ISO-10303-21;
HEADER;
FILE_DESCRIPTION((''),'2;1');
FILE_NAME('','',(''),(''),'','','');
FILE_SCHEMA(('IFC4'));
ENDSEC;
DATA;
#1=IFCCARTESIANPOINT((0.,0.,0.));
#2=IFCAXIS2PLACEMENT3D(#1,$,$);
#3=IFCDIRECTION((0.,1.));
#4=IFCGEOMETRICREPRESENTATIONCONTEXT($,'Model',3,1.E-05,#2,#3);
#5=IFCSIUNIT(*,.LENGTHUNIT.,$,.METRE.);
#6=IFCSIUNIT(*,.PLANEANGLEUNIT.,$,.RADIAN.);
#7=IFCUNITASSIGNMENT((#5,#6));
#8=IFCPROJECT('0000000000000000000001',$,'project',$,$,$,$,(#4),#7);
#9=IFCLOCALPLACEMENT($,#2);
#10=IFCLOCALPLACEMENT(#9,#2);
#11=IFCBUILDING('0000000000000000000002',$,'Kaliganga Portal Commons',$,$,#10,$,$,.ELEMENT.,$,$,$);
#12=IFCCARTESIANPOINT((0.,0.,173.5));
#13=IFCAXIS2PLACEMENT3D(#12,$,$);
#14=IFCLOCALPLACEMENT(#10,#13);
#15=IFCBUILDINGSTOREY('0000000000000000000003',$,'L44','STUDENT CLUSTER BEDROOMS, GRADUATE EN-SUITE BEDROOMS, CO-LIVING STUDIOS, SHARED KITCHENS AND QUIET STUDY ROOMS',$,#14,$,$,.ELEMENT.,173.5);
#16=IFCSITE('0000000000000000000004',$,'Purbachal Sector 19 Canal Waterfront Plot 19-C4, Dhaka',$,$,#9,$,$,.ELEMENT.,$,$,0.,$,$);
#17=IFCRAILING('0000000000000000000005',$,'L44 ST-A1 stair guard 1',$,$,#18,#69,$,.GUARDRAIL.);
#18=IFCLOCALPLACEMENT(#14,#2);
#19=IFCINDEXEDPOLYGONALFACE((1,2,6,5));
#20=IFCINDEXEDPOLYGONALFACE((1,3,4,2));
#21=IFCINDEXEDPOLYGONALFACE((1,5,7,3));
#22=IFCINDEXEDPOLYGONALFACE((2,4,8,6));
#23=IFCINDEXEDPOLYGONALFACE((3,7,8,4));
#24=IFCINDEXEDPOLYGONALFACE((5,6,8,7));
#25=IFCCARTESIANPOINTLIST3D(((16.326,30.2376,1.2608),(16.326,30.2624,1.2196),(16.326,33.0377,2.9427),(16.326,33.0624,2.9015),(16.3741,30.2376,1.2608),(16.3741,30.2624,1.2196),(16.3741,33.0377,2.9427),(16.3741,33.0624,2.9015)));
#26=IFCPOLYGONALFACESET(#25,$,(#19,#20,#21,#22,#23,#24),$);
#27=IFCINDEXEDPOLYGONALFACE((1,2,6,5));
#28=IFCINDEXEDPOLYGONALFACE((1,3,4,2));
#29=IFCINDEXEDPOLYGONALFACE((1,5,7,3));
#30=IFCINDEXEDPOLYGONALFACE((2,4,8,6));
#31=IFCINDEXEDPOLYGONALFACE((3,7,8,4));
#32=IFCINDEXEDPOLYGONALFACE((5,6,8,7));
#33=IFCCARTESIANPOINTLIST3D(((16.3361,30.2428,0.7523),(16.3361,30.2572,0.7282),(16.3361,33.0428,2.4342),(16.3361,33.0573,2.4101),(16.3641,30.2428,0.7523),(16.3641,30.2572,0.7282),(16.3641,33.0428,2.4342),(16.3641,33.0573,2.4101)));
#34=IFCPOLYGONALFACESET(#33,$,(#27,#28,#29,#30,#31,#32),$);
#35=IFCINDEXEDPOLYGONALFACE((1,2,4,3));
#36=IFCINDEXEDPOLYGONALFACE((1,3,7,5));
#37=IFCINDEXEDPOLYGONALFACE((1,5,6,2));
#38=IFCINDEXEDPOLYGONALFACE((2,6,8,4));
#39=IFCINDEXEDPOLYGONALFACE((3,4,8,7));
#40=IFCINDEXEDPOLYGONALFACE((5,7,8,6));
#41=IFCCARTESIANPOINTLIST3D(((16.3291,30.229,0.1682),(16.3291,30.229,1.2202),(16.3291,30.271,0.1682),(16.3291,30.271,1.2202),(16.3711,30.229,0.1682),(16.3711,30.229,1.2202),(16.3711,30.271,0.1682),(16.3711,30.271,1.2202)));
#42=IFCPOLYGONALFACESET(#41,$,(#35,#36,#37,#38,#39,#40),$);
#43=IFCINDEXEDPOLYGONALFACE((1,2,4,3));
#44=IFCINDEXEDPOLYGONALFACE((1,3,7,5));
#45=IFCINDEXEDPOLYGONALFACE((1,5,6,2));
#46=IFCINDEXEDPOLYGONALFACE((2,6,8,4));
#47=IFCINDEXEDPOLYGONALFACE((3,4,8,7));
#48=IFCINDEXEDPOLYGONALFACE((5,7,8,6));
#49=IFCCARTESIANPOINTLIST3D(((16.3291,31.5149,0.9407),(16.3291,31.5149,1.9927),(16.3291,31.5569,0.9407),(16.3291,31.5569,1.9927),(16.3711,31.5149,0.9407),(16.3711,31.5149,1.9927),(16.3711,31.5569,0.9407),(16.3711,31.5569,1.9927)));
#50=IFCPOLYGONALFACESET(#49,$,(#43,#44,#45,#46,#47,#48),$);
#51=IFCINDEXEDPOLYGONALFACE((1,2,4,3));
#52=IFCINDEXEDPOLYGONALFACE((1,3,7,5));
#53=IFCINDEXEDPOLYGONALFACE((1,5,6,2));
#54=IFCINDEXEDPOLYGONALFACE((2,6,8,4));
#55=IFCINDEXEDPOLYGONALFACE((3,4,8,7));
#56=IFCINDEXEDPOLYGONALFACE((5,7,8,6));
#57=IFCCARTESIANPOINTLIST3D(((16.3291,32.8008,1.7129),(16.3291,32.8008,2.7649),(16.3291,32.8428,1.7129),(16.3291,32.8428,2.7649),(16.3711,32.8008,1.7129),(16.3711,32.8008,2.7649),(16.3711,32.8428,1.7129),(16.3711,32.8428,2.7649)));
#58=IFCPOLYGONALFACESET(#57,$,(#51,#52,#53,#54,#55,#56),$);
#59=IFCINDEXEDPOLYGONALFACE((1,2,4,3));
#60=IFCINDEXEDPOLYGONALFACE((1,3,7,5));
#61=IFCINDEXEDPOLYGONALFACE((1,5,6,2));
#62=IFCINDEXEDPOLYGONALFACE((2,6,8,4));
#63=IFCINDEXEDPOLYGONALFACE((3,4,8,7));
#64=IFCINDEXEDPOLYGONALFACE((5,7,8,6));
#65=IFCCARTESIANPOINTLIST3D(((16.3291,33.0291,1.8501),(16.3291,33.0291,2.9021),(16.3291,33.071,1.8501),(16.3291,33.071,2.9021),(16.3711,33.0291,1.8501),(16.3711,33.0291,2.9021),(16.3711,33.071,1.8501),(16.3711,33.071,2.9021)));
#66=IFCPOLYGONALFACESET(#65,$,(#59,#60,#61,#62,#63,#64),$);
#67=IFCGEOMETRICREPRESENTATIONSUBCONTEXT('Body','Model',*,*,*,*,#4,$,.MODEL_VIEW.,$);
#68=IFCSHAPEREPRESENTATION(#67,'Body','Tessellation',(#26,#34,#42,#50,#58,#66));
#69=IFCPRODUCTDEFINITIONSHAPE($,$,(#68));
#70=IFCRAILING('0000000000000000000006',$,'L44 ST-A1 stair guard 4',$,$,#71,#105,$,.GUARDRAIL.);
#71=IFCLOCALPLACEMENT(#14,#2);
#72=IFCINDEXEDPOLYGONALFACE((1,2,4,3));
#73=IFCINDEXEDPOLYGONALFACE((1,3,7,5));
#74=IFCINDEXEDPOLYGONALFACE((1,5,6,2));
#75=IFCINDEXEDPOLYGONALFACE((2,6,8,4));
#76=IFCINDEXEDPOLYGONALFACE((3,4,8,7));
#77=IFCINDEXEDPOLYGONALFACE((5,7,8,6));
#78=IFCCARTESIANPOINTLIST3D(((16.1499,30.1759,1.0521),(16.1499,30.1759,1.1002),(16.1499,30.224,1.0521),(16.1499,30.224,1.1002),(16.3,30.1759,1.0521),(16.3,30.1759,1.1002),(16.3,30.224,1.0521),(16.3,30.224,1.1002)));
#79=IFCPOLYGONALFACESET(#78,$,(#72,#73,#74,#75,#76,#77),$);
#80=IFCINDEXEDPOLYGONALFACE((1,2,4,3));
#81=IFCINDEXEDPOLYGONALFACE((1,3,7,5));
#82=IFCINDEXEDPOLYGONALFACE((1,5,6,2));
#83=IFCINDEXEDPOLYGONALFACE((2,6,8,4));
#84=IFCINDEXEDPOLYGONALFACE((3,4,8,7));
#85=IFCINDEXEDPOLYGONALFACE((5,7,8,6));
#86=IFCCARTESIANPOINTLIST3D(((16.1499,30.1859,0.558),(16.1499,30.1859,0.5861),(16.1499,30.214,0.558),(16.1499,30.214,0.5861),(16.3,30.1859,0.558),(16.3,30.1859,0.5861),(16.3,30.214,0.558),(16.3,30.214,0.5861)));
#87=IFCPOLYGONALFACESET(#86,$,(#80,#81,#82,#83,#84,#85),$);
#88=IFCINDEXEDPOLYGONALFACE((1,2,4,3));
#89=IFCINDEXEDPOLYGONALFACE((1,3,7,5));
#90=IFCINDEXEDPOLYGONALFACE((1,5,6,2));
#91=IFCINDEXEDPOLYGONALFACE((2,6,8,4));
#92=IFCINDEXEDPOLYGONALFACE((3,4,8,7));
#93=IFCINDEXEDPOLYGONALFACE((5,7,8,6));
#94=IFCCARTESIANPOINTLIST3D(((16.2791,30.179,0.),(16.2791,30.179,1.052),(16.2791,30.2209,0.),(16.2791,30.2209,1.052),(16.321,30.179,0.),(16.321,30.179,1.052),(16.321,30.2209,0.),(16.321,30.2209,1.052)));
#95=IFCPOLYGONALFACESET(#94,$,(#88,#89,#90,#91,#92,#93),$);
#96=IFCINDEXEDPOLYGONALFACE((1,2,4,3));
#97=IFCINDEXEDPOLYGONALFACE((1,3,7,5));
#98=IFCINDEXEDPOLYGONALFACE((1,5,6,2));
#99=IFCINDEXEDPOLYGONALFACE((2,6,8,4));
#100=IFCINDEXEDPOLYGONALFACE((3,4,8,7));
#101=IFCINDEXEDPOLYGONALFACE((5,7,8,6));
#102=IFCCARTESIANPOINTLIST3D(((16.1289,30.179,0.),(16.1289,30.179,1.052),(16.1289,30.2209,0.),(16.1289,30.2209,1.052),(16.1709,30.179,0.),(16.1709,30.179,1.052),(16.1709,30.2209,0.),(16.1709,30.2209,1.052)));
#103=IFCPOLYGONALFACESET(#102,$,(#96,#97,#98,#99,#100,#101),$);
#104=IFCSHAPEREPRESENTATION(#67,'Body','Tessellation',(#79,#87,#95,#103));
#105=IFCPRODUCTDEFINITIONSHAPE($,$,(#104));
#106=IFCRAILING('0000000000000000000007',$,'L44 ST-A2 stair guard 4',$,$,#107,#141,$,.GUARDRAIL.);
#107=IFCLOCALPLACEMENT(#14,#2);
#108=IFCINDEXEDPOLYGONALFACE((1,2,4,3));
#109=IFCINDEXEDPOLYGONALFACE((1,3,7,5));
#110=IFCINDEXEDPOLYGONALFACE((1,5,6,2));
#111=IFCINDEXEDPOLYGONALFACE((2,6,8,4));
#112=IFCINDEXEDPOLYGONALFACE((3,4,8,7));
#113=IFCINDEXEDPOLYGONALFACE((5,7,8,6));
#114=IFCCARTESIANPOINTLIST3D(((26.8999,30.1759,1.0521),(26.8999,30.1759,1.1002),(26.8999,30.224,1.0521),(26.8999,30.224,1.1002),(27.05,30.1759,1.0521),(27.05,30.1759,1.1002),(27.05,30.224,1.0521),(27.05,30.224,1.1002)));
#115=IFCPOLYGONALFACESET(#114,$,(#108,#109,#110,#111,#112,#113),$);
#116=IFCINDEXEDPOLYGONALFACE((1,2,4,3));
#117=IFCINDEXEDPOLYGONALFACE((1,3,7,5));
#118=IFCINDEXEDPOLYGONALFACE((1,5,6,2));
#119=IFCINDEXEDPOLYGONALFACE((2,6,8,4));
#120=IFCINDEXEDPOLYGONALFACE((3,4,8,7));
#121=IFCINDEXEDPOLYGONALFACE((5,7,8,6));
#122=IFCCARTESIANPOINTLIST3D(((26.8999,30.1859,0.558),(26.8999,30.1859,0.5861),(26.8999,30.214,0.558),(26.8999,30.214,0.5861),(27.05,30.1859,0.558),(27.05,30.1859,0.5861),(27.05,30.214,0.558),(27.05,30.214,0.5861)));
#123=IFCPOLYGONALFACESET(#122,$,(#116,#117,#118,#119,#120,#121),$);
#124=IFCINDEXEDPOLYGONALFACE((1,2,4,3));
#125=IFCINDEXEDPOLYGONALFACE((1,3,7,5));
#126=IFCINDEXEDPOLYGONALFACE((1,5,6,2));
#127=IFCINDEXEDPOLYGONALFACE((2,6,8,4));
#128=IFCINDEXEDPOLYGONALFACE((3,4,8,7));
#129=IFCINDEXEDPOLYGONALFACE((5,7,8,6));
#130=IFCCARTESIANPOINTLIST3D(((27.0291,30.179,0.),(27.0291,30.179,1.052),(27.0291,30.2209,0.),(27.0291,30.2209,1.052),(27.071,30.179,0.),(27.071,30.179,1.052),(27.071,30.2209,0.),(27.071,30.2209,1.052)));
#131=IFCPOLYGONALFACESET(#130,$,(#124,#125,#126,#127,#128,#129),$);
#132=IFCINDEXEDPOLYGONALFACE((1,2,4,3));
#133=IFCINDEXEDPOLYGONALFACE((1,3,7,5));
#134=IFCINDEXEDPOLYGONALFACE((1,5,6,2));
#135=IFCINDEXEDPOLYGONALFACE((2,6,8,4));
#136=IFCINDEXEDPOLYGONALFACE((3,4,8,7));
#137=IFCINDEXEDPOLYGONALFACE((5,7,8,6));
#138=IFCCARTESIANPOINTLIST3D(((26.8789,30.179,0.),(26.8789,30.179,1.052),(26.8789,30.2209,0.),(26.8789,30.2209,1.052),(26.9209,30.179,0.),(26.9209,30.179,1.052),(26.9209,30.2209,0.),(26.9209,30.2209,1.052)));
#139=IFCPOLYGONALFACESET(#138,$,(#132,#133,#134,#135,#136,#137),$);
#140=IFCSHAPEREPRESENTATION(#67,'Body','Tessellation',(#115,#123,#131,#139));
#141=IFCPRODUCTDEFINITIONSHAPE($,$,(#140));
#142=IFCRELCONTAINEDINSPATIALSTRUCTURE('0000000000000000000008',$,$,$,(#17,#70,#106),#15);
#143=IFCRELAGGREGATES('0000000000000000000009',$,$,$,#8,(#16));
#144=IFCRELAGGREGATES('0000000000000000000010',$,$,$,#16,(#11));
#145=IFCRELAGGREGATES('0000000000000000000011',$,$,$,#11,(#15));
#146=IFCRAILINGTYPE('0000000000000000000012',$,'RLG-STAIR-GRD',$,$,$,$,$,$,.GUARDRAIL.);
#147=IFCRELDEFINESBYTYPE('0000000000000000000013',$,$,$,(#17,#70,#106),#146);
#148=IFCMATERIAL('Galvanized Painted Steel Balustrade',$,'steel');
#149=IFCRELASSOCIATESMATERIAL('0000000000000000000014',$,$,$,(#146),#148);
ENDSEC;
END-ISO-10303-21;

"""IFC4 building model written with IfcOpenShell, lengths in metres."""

from ifc_helpers import new_model, si_unit, direction, frame, origin, origin_2d, place, context, subcontext, project, spatial, rectangle, extrude, material, type_object, element, save


model = new_model("IFC4")

# Units and contexts
model_context = context("Model", 3, precision=1e-05, world=origin(), true_north=direction((0.0, 1.0)))
body_context = subcontext(model_context, "Body", "Model", "MODEL_VIEW")
ifc_project = project(units=[si_unit("LENGTHUNIT", "METRE"), si_unit("PLANEANGLEUNIT", "RADIAN")], contexts=[model_context])

# Site, building, storey
site_placement = place(None, origin())
site = spatial("IfcSite", under=ifc_project, at=site_placement, Name="Purbachal Sector 19 Canal Waterfront Plot 19-C4, Dhaka", CompositionType="ELEMENT", RefElevation=0.0)
building_placement = place(site_placement, origin())
building = spatial("IfcBuilding", under=site, at=building_placement, Name="Kaliganga Portal Commons", CompositionType="ELEMENT")
storey_placement = place(building_placement, frame((0.0, 0.0, 173.5)))
storey = spatial("IfcBuildingStorey", under=building, at=storey_placement, Name="L44", Description="STUDENT CLUSTER BEDROOMS, GRADUATE EN-SUITE BEDROOMS, CO-LIVING STUDIOS, SHARED KITCHENS AND QUIET STUDY ROOMS", CompositionType="ELEMENT", Elevation=173.5)

# Railings
ifc_material_1 = material(Name="Galvanized Painted Steel Balustrade", Category="steel")
railing_type = type_object("IfcRailingType", Name="RLG-STAIR-GRD", PredefinedType="GUARDRAIL", material=ifc_material_1)
railing_placement = place(storey_placement, frame((16.3501, 30.25, 0.1682)))
element("IfcRailing", 1, at=railing_placement, inside=storey, type_object=railing_type, Name="L44 ST-A1 stair guard 1", PredefinedType="GUARDRAIL", context=body_context, shape_type="SweptSolid", body=[
    extrude(rectangle(XDim=0.0481, YDim=0.0481, at=origin_2d()), frame((0.0, 0.0, 1.072), z_axis=(0.0, 0.857242, 0.514913), x_axis=(-1.0, 0.0, 0.0)), (0.0, 0.0, 1.0), 3.2664),
    extrude(rectangle(XDim=0.0281, YDim=0.0281, at=origin_2d()), frame((0.0, 0.0, 0.572), z_axis=(0.0, 0.857242, 0.514913), x_axis=(-1.0, 0.0, 0.0)), (0.0, 0.0, 1.0), 3.2664),
    extrude(rectangle(XDim=0.042, YDim=0.042, at=origin_2d()), origin(), (0.0, 0.0, 1.0), 1.052),
    extrude(rectangle(XDim=0.042, YDim=0.042, at=origin_2d()), frame((0.0, 1.2859, 0.7725)), (0.0, 0.0, 1.0), 1.052),
    extrude(rectangle(XDim=0.042, YDim=0.042, at=origin_2d()), frame((0.0, 2.5718, 1.5447)), (0.0, 0.0, 1.0), 1.052),
    extrude(rectangle(XDim=0.042, YDim=0.042, at=origin_2d()), frame((0.0, 2.8, 1.6819)), (0.0, 0.0, 1.0), 1.052),
])
for number, where, name in (
    (2, (16.3, 30.2, 0.0), "L44 ST-A1 stair guard 4"),
    (3, (27.05, 30.2, 0.0), "L44 ST-A2 stair guard 4"),
):
    element("IfcRailing", number, at=place(storey_placement, frame(where)), inside=storey, type_object=railing_type, Name=name, PredefinedType="GUARDRAIL", context=body_context, shape_type="SweptSolid", body=[
        extrude(rectangle(XDim=0.0481, YDim=0.0481, at=origin_2d()), frame((0.0, 0.0, 1.0762), z_axis=(-1.0, 0.0, 0.0), x_axis=(0.0, -1.0, 0.0)), (0.0, 0.0, 1.0), 0.1501),
        extrude(rectangle(XDim=0.0281, YDim=0.0281, at=origin_2d()), frame((0.0, 0.0, 0.572), z_axis=(-1.0, 0.0, 0.0), x_axis=(0.0, -1.0, 0.0)), (0.0, 0.0, 1.0), 0.1501),
        extrude(rectangle(XDim=0.042, YDim=0.042, at=origin_2d()), origin(), (0.0, 0.0, 1.0), 1.052),
        extrude(rectangle(XDim=0.042, YDim=0.042, at=origin_2d()), frame((-0.1501, 0.0, 0.0)), (0.0, 0.0, 1.0), 1.052),
    ])

save(model, "model.ifc")
